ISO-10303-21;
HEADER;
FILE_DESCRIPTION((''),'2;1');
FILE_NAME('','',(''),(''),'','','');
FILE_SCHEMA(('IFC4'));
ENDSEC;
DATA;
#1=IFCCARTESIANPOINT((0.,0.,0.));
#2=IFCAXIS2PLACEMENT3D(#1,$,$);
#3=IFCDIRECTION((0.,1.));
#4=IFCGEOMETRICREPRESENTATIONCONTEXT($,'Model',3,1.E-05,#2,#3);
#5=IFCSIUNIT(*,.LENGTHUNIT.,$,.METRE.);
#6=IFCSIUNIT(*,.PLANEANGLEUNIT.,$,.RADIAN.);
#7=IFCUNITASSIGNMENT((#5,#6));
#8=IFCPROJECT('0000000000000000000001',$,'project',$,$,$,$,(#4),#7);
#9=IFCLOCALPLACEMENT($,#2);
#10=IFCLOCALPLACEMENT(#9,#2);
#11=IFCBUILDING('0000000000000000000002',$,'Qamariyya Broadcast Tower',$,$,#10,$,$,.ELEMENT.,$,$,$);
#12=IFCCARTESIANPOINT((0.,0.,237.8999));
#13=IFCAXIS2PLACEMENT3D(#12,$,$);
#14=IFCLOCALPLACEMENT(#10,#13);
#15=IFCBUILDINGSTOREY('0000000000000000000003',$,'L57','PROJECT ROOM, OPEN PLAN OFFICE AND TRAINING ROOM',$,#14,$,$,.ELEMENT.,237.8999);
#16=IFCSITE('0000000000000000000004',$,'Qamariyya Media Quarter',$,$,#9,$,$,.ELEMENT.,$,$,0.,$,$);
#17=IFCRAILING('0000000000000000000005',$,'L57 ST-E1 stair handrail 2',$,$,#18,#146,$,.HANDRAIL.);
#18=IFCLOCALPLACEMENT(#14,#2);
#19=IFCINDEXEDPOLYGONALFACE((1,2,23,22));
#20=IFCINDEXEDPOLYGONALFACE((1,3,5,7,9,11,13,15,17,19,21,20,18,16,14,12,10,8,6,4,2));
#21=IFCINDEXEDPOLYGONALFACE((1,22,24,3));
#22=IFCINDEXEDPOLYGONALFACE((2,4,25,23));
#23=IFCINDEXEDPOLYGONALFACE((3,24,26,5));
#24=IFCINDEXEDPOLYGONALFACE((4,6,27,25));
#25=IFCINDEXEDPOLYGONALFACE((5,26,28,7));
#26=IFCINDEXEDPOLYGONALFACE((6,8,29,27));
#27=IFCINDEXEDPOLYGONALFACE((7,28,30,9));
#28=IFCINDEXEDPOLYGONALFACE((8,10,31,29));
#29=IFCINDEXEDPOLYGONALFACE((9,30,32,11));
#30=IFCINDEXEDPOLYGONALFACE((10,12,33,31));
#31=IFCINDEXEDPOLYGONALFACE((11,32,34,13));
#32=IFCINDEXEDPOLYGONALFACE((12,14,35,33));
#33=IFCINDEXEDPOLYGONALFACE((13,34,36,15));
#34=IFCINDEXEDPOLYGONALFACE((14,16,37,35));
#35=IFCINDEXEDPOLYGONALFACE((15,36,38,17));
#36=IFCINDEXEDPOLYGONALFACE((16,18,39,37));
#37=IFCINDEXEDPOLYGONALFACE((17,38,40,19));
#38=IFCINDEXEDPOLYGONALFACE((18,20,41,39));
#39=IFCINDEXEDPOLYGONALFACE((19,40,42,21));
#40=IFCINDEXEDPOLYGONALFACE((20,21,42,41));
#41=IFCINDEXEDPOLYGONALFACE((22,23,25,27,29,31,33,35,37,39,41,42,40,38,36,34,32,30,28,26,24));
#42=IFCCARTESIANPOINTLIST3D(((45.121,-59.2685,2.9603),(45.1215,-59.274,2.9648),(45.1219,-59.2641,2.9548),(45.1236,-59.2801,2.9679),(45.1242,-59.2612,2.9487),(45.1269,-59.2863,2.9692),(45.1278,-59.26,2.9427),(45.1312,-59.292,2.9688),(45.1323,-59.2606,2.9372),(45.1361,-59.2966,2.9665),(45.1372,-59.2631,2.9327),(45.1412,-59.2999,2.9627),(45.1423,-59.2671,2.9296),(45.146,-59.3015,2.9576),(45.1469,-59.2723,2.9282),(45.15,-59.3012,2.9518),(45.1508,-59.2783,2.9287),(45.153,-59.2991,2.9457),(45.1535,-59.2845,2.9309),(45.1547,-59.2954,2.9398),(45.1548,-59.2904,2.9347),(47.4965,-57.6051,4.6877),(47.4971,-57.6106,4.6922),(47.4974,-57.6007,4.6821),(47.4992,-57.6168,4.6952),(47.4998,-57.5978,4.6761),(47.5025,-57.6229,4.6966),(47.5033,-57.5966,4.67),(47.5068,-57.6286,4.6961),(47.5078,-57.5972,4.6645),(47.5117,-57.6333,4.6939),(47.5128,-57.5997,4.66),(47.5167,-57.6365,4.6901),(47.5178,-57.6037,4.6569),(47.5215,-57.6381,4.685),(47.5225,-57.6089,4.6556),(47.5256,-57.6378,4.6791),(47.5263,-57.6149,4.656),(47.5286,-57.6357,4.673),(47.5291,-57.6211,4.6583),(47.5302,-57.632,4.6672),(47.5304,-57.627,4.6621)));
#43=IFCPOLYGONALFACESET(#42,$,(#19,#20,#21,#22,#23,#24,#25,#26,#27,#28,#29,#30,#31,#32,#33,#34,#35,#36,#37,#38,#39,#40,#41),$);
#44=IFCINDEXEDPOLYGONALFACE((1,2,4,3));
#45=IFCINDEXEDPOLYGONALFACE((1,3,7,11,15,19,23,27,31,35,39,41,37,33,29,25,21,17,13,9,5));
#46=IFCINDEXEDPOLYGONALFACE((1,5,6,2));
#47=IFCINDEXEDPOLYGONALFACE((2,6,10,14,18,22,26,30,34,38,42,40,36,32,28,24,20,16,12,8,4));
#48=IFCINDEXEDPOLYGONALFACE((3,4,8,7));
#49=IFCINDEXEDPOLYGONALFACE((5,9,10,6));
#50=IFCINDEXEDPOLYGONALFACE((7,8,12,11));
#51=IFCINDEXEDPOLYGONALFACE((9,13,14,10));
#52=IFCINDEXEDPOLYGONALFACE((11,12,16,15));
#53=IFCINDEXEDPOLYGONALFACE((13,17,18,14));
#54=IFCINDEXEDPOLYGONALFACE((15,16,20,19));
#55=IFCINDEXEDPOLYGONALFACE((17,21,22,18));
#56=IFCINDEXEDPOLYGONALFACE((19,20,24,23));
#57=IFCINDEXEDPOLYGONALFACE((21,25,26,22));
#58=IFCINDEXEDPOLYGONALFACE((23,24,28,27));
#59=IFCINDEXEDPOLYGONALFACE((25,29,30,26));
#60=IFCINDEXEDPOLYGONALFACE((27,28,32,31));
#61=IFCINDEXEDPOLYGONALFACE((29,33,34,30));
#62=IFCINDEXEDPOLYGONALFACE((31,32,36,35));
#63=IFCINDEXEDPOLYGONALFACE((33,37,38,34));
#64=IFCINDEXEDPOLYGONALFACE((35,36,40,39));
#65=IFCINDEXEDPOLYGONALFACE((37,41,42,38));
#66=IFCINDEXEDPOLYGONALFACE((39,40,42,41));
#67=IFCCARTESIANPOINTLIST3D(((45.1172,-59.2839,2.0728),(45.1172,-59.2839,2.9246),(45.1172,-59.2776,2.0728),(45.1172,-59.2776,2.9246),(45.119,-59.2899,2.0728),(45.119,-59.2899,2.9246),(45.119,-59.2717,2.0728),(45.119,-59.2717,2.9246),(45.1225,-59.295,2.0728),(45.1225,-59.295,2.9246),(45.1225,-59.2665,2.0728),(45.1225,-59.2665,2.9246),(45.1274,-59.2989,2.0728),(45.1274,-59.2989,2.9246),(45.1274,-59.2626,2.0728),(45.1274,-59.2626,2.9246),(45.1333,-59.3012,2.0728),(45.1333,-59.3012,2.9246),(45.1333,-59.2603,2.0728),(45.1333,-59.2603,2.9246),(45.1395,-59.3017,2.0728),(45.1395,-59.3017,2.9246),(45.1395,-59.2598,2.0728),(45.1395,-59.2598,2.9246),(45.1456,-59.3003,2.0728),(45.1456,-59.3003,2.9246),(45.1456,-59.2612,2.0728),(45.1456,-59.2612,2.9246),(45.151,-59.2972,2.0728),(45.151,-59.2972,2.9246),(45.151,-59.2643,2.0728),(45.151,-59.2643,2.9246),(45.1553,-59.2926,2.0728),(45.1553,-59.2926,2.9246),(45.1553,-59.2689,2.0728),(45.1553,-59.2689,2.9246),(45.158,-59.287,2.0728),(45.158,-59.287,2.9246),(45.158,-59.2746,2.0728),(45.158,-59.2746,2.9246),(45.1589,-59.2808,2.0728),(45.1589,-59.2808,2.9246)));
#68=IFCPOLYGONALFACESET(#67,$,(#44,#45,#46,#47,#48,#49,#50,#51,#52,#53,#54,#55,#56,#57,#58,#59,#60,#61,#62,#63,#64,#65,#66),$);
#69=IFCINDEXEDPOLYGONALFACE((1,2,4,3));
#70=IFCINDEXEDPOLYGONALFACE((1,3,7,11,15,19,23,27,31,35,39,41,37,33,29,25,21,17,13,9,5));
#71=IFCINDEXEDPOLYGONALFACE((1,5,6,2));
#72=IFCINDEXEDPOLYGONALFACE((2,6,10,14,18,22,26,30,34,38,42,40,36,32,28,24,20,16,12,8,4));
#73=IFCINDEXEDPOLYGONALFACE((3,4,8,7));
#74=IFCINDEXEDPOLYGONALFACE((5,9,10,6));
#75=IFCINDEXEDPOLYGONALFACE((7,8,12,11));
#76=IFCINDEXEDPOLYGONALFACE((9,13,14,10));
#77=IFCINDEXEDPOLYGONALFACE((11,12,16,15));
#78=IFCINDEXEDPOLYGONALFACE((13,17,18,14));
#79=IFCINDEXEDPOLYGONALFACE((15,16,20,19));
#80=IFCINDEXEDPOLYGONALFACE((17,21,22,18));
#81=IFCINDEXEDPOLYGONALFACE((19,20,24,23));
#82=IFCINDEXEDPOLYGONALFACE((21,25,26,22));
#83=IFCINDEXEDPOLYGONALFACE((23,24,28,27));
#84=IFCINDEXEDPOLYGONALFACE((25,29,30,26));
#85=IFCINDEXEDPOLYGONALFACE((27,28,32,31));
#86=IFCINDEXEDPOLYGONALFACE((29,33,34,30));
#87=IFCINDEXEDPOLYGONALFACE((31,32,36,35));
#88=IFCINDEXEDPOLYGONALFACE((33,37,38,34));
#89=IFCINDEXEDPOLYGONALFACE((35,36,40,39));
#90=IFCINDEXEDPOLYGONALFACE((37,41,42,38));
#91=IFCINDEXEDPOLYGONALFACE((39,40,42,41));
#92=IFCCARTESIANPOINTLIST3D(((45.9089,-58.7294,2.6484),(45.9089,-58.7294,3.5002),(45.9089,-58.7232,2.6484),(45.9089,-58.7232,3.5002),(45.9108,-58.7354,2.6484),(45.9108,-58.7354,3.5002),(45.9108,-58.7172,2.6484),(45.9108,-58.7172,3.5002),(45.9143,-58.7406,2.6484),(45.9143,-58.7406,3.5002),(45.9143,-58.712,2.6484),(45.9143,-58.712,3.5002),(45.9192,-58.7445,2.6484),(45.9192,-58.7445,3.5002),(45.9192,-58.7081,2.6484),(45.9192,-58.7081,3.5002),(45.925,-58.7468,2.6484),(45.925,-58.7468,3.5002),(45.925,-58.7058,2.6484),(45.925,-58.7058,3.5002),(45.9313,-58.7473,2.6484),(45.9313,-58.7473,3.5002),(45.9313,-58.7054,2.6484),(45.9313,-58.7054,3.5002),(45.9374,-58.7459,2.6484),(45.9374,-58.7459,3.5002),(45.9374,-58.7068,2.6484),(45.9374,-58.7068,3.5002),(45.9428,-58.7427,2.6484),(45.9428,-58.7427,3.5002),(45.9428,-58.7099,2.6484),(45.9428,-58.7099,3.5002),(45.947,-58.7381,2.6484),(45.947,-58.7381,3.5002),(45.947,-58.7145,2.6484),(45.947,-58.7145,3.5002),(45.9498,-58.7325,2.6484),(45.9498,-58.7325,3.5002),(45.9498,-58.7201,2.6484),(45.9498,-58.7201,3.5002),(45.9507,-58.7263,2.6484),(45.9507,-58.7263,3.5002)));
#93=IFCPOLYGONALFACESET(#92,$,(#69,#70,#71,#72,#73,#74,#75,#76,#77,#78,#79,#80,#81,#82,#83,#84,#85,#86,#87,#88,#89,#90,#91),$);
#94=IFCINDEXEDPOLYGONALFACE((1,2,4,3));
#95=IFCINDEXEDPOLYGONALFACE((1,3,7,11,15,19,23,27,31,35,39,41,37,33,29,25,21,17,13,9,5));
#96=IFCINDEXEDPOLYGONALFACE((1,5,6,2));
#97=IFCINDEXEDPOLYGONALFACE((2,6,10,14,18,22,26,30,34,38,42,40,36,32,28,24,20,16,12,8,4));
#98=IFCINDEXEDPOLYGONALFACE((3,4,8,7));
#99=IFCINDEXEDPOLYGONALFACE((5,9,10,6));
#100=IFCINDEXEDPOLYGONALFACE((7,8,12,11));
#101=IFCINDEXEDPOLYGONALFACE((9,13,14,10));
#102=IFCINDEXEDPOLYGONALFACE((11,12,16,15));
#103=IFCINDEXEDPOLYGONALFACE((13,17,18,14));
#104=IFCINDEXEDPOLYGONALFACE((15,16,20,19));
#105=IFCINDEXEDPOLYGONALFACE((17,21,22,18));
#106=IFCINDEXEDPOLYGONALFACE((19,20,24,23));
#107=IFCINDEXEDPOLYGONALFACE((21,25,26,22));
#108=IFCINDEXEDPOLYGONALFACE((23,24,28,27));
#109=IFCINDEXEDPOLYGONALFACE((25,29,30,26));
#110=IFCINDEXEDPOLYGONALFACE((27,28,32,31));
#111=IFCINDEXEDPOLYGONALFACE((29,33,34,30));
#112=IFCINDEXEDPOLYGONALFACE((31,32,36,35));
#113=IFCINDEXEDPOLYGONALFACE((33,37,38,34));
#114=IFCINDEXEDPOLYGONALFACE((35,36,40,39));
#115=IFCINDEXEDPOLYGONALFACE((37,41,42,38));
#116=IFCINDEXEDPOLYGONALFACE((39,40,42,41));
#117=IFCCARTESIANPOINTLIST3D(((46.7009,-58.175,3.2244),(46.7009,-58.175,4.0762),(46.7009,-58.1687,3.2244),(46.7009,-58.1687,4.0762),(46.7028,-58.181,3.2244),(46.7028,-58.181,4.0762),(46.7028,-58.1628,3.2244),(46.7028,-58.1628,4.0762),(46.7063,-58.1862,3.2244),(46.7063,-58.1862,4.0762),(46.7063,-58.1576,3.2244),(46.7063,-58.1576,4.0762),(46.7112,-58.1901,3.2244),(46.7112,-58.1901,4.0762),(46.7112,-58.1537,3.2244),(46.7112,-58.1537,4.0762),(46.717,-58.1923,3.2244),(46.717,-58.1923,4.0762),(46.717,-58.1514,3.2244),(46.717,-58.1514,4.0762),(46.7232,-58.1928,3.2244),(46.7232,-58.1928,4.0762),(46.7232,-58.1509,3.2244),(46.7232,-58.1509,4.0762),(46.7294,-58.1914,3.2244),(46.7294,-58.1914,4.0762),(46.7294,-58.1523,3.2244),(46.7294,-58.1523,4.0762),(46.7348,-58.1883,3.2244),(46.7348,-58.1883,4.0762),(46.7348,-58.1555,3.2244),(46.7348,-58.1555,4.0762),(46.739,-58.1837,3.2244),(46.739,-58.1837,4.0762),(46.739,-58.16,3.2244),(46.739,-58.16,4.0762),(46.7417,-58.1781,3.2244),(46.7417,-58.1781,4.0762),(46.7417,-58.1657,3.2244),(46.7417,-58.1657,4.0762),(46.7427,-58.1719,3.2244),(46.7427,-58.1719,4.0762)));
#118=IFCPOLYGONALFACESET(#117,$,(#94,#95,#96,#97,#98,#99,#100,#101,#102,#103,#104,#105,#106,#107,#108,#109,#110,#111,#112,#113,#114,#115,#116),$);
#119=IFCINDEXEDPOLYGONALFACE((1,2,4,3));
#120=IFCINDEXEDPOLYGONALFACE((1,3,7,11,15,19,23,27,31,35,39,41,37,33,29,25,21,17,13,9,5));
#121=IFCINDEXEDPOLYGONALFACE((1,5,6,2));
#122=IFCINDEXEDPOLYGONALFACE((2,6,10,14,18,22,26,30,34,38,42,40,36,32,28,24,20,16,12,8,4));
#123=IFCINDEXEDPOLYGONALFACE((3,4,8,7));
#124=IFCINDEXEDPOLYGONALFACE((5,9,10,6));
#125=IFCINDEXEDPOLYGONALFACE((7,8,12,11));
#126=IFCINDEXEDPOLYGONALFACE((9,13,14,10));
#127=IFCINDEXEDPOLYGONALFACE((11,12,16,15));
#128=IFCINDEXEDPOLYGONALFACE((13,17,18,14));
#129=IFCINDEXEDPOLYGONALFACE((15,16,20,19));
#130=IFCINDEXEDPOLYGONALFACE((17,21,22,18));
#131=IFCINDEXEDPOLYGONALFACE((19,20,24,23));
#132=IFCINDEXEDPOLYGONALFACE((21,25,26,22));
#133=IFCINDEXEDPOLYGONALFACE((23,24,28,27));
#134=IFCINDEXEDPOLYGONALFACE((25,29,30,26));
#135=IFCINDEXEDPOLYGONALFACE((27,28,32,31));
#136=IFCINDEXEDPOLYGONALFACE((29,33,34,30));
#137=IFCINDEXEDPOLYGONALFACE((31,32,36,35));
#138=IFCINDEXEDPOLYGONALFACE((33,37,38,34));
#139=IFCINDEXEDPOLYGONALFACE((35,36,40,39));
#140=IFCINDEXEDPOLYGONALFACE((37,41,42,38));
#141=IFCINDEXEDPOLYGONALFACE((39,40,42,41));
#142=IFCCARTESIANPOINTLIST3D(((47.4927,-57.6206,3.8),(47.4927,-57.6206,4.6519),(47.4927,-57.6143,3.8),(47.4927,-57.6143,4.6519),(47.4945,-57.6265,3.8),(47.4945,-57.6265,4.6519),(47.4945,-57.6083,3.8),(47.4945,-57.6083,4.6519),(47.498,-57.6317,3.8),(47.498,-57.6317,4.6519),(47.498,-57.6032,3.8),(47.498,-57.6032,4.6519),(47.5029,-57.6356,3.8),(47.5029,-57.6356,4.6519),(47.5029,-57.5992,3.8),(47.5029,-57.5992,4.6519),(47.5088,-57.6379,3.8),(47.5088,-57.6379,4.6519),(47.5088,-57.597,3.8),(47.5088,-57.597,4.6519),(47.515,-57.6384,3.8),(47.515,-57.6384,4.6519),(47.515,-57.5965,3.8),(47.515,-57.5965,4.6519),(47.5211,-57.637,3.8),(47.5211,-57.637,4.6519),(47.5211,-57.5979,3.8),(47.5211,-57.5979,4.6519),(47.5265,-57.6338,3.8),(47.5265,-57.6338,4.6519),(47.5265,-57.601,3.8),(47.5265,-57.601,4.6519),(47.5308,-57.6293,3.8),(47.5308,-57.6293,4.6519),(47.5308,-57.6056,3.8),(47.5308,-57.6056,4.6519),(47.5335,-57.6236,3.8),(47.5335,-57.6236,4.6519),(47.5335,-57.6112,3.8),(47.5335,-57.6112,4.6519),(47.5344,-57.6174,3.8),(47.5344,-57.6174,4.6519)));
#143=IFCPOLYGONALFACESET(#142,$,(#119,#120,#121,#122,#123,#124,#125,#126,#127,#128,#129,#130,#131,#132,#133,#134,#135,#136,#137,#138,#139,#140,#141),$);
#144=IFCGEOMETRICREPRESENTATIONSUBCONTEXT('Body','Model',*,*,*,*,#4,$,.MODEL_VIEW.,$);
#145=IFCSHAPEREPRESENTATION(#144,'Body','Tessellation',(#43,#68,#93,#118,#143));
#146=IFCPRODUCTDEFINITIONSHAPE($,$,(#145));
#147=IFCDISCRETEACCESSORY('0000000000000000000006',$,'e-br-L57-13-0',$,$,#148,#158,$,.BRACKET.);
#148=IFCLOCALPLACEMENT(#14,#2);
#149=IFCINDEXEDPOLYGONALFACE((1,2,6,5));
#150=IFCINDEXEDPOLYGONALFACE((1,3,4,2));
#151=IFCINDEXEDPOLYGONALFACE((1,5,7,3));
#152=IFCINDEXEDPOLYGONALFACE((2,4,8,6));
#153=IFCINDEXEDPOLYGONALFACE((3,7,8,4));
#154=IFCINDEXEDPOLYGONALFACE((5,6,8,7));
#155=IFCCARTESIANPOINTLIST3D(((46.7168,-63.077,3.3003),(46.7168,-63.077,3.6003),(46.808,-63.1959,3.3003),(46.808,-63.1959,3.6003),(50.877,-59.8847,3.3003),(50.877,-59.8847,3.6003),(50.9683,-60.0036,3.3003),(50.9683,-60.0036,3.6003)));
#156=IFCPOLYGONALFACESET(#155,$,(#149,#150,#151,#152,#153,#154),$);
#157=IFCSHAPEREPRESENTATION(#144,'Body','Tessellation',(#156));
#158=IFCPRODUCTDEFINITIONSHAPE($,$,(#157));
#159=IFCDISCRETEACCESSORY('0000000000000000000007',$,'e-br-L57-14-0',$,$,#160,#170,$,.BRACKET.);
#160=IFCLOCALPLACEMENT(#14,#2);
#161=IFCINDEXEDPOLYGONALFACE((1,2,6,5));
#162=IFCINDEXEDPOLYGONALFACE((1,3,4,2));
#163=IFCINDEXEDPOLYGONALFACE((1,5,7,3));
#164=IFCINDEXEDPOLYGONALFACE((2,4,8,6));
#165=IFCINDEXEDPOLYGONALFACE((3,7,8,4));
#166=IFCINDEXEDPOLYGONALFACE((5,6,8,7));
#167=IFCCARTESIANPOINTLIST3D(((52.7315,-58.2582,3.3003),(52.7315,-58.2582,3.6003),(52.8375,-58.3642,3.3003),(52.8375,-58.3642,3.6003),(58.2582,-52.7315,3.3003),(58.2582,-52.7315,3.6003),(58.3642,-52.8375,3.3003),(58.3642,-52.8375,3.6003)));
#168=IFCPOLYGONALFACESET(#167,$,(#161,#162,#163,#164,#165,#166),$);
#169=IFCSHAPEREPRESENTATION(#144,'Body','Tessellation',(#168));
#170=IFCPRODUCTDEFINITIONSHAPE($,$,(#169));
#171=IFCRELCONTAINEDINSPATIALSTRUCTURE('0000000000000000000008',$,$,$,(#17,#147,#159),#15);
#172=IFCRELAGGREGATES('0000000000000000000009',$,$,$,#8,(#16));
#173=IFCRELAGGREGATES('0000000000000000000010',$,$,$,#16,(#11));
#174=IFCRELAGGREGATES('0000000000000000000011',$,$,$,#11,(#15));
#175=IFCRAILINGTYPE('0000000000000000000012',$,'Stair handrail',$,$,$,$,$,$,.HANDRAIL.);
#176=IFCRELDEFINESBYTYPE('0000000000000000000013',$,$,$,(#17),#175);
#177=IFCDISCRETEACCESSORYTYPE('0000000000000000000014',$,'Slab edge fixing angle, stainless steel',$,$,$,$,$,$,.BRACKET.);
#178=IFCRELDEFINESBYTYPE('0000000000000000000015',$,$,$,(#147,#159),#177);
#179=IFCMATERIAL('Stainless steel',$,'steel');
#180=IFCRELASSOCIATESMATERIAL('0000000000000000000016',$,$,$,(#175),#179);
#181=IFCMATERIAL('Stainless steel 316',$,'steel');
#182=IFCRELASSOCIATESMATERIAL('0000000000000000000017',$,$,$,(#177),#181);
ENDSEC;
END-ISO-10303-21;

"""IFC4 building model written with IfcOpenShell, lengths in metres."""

from ifc_helpers import new_model, si_unit, direction, frame, origin, origin_2d, place, context, subcontext, project, spatial, rectangle, circle, extrude, material, type_object, element, save


model = new_model("IFC4")

# Units and contexts
model_context = context("Model", 3, precision=1e-05, world=origin(), true_north=direction((0.0, 1.0)))
body_context = subcontext(model_context, "Body", "Model", "MODEL_VIEW")
ifc_project = project(units=[si_unit("LENGTHUNIT", "METRE"), si_unit("PLANEANGLEUNIT", "RADIAN")], contexts=[model_context])

# Site, building, storey
site_placement = place(None, origin())
site = spatial("IfcSite", under=ifc_project, at=site_placement, Name="Qamariyya Media Quarter", CompositionType="ELEMENT", RefElevation=0.0)
building_placement = place(site_placement, origin())
building = spatial("IfcBuilding", under=site, at=building_placement, Name="Qamariyya Broadcast Tower", CompositionType="ELEMENT")
storey_placement = place(building_placement, frame((0.0, 0.0, 237.8999)))
storey = spatial("IfcBuildingStorey", under=building, at=storey_placement, Name="L57", Description="PROJECT ROOM, OPEN PLAN OFFICE AND TRAINING ROOM", CompositionType="ELEMENT", Elevation=237.8999)

# Railing
ifc_material_1 = material(Name="Stainless steel", Category="steel")
railing_type_1 = type_object("IfcRailingType", Name="Stair handrail", PredefinedType="HANDRAIL", material=ifc_material_1)
railing_1_placement = place(storey_placement, frame((45.1379, -59.2808, 2.0728)))
element("IfcRailing", 1, at=railing_1_placement, inside=storey, type_object=railing_type_1, Name="L57 ST-E1 stair handrail 2", PredefinedType="HANDRAIL", context=body_context, shape_type="SweptSolid", body=[
    extrude(circle(Radius=0.0239, at=origin_2d()), frame((0.0, 0.0, 0.876), z_axis=(0.70377, 0.492784, 0.511734), x_axis=(-0.573575, 0.819153, 0.0)), (0.0, 0.0, 1.0), 3.3755),
    extrude(circle(Radius=0.021, at=origin_2d()), origin(), (0.0, 0.0, 1.0), 0.8518),
    extrude(circle(Radius=0.021, at=origin_2d()), frame((0.7917, 0.5544, 0.5757)), (0.0, 0.0, 1.0), 0.8518),
    extrude(circle(Radius=0.021, at=origin_2d()), frame((1.5837, 1.1089, 1.1516)), (0.0, 0.0, 1.0), 0.8518),
    extrude(circle(Radius=0.021, at=origin_2d()), frame((2.3755, 1.6633, 1.7273)), (0.0, 0.0, 1.0), 0.8518),
])

# Discrete accessories
ifc_material_2 = material(Name="Stainless steel 316", Category="steel")
discrete_accessory_type = type_object("IfcDiscreteAccessoryType", Name="Slab edge fixing angle, stainless steel", PredefinedType="BRACKET", material=ifc_material_2)
discrete_accessory_1_placement = place(storey_placement, frame((48.8425, -61.5403, 3.3003), z_axis=(0.0, 0.0, 1.0), x_axis=(0.793353, 0.608761, 0.0)))
element("IfcDiscreteAccessory", 2, at=discrete_accessory_1_placement, inside=storey, type_object=discrete_accessory_type, Name="e-br-L57-13-0", PredefinedType="BRACKET", context=body_context, shape_type="SweptSolid", body=[
    extrude(rectangle(XDim=5.2439, YDim=0.1499, at=origin_2d()), origin(), (0.0, 0.0, 1.0), 0.3),
])
discrete_accessory_2_placement = place(storey_placement, frame((55.5479, -55.5479, 3.3003), z_axis=(0.0, 0.0, 1.0), x_axis=(0.707107, 0.707107, 0.0)))
element("IfcDiscreteAccessory", 3, at=discrete_accessory_2_placement, inside=storey, type_object=discrete_accessory_type, Name="e-br-L57-14-0", PredefinedType="BRACKET", context=body_context, shape_type="SweptSolid", body=[
    extrude(rectangle(XDim=7.8159, YDim=0.1499, at=origin_2d()), origin(), (0.0, 0.0, 1.0), 0.3),
])

save(model, "model.ifc")
